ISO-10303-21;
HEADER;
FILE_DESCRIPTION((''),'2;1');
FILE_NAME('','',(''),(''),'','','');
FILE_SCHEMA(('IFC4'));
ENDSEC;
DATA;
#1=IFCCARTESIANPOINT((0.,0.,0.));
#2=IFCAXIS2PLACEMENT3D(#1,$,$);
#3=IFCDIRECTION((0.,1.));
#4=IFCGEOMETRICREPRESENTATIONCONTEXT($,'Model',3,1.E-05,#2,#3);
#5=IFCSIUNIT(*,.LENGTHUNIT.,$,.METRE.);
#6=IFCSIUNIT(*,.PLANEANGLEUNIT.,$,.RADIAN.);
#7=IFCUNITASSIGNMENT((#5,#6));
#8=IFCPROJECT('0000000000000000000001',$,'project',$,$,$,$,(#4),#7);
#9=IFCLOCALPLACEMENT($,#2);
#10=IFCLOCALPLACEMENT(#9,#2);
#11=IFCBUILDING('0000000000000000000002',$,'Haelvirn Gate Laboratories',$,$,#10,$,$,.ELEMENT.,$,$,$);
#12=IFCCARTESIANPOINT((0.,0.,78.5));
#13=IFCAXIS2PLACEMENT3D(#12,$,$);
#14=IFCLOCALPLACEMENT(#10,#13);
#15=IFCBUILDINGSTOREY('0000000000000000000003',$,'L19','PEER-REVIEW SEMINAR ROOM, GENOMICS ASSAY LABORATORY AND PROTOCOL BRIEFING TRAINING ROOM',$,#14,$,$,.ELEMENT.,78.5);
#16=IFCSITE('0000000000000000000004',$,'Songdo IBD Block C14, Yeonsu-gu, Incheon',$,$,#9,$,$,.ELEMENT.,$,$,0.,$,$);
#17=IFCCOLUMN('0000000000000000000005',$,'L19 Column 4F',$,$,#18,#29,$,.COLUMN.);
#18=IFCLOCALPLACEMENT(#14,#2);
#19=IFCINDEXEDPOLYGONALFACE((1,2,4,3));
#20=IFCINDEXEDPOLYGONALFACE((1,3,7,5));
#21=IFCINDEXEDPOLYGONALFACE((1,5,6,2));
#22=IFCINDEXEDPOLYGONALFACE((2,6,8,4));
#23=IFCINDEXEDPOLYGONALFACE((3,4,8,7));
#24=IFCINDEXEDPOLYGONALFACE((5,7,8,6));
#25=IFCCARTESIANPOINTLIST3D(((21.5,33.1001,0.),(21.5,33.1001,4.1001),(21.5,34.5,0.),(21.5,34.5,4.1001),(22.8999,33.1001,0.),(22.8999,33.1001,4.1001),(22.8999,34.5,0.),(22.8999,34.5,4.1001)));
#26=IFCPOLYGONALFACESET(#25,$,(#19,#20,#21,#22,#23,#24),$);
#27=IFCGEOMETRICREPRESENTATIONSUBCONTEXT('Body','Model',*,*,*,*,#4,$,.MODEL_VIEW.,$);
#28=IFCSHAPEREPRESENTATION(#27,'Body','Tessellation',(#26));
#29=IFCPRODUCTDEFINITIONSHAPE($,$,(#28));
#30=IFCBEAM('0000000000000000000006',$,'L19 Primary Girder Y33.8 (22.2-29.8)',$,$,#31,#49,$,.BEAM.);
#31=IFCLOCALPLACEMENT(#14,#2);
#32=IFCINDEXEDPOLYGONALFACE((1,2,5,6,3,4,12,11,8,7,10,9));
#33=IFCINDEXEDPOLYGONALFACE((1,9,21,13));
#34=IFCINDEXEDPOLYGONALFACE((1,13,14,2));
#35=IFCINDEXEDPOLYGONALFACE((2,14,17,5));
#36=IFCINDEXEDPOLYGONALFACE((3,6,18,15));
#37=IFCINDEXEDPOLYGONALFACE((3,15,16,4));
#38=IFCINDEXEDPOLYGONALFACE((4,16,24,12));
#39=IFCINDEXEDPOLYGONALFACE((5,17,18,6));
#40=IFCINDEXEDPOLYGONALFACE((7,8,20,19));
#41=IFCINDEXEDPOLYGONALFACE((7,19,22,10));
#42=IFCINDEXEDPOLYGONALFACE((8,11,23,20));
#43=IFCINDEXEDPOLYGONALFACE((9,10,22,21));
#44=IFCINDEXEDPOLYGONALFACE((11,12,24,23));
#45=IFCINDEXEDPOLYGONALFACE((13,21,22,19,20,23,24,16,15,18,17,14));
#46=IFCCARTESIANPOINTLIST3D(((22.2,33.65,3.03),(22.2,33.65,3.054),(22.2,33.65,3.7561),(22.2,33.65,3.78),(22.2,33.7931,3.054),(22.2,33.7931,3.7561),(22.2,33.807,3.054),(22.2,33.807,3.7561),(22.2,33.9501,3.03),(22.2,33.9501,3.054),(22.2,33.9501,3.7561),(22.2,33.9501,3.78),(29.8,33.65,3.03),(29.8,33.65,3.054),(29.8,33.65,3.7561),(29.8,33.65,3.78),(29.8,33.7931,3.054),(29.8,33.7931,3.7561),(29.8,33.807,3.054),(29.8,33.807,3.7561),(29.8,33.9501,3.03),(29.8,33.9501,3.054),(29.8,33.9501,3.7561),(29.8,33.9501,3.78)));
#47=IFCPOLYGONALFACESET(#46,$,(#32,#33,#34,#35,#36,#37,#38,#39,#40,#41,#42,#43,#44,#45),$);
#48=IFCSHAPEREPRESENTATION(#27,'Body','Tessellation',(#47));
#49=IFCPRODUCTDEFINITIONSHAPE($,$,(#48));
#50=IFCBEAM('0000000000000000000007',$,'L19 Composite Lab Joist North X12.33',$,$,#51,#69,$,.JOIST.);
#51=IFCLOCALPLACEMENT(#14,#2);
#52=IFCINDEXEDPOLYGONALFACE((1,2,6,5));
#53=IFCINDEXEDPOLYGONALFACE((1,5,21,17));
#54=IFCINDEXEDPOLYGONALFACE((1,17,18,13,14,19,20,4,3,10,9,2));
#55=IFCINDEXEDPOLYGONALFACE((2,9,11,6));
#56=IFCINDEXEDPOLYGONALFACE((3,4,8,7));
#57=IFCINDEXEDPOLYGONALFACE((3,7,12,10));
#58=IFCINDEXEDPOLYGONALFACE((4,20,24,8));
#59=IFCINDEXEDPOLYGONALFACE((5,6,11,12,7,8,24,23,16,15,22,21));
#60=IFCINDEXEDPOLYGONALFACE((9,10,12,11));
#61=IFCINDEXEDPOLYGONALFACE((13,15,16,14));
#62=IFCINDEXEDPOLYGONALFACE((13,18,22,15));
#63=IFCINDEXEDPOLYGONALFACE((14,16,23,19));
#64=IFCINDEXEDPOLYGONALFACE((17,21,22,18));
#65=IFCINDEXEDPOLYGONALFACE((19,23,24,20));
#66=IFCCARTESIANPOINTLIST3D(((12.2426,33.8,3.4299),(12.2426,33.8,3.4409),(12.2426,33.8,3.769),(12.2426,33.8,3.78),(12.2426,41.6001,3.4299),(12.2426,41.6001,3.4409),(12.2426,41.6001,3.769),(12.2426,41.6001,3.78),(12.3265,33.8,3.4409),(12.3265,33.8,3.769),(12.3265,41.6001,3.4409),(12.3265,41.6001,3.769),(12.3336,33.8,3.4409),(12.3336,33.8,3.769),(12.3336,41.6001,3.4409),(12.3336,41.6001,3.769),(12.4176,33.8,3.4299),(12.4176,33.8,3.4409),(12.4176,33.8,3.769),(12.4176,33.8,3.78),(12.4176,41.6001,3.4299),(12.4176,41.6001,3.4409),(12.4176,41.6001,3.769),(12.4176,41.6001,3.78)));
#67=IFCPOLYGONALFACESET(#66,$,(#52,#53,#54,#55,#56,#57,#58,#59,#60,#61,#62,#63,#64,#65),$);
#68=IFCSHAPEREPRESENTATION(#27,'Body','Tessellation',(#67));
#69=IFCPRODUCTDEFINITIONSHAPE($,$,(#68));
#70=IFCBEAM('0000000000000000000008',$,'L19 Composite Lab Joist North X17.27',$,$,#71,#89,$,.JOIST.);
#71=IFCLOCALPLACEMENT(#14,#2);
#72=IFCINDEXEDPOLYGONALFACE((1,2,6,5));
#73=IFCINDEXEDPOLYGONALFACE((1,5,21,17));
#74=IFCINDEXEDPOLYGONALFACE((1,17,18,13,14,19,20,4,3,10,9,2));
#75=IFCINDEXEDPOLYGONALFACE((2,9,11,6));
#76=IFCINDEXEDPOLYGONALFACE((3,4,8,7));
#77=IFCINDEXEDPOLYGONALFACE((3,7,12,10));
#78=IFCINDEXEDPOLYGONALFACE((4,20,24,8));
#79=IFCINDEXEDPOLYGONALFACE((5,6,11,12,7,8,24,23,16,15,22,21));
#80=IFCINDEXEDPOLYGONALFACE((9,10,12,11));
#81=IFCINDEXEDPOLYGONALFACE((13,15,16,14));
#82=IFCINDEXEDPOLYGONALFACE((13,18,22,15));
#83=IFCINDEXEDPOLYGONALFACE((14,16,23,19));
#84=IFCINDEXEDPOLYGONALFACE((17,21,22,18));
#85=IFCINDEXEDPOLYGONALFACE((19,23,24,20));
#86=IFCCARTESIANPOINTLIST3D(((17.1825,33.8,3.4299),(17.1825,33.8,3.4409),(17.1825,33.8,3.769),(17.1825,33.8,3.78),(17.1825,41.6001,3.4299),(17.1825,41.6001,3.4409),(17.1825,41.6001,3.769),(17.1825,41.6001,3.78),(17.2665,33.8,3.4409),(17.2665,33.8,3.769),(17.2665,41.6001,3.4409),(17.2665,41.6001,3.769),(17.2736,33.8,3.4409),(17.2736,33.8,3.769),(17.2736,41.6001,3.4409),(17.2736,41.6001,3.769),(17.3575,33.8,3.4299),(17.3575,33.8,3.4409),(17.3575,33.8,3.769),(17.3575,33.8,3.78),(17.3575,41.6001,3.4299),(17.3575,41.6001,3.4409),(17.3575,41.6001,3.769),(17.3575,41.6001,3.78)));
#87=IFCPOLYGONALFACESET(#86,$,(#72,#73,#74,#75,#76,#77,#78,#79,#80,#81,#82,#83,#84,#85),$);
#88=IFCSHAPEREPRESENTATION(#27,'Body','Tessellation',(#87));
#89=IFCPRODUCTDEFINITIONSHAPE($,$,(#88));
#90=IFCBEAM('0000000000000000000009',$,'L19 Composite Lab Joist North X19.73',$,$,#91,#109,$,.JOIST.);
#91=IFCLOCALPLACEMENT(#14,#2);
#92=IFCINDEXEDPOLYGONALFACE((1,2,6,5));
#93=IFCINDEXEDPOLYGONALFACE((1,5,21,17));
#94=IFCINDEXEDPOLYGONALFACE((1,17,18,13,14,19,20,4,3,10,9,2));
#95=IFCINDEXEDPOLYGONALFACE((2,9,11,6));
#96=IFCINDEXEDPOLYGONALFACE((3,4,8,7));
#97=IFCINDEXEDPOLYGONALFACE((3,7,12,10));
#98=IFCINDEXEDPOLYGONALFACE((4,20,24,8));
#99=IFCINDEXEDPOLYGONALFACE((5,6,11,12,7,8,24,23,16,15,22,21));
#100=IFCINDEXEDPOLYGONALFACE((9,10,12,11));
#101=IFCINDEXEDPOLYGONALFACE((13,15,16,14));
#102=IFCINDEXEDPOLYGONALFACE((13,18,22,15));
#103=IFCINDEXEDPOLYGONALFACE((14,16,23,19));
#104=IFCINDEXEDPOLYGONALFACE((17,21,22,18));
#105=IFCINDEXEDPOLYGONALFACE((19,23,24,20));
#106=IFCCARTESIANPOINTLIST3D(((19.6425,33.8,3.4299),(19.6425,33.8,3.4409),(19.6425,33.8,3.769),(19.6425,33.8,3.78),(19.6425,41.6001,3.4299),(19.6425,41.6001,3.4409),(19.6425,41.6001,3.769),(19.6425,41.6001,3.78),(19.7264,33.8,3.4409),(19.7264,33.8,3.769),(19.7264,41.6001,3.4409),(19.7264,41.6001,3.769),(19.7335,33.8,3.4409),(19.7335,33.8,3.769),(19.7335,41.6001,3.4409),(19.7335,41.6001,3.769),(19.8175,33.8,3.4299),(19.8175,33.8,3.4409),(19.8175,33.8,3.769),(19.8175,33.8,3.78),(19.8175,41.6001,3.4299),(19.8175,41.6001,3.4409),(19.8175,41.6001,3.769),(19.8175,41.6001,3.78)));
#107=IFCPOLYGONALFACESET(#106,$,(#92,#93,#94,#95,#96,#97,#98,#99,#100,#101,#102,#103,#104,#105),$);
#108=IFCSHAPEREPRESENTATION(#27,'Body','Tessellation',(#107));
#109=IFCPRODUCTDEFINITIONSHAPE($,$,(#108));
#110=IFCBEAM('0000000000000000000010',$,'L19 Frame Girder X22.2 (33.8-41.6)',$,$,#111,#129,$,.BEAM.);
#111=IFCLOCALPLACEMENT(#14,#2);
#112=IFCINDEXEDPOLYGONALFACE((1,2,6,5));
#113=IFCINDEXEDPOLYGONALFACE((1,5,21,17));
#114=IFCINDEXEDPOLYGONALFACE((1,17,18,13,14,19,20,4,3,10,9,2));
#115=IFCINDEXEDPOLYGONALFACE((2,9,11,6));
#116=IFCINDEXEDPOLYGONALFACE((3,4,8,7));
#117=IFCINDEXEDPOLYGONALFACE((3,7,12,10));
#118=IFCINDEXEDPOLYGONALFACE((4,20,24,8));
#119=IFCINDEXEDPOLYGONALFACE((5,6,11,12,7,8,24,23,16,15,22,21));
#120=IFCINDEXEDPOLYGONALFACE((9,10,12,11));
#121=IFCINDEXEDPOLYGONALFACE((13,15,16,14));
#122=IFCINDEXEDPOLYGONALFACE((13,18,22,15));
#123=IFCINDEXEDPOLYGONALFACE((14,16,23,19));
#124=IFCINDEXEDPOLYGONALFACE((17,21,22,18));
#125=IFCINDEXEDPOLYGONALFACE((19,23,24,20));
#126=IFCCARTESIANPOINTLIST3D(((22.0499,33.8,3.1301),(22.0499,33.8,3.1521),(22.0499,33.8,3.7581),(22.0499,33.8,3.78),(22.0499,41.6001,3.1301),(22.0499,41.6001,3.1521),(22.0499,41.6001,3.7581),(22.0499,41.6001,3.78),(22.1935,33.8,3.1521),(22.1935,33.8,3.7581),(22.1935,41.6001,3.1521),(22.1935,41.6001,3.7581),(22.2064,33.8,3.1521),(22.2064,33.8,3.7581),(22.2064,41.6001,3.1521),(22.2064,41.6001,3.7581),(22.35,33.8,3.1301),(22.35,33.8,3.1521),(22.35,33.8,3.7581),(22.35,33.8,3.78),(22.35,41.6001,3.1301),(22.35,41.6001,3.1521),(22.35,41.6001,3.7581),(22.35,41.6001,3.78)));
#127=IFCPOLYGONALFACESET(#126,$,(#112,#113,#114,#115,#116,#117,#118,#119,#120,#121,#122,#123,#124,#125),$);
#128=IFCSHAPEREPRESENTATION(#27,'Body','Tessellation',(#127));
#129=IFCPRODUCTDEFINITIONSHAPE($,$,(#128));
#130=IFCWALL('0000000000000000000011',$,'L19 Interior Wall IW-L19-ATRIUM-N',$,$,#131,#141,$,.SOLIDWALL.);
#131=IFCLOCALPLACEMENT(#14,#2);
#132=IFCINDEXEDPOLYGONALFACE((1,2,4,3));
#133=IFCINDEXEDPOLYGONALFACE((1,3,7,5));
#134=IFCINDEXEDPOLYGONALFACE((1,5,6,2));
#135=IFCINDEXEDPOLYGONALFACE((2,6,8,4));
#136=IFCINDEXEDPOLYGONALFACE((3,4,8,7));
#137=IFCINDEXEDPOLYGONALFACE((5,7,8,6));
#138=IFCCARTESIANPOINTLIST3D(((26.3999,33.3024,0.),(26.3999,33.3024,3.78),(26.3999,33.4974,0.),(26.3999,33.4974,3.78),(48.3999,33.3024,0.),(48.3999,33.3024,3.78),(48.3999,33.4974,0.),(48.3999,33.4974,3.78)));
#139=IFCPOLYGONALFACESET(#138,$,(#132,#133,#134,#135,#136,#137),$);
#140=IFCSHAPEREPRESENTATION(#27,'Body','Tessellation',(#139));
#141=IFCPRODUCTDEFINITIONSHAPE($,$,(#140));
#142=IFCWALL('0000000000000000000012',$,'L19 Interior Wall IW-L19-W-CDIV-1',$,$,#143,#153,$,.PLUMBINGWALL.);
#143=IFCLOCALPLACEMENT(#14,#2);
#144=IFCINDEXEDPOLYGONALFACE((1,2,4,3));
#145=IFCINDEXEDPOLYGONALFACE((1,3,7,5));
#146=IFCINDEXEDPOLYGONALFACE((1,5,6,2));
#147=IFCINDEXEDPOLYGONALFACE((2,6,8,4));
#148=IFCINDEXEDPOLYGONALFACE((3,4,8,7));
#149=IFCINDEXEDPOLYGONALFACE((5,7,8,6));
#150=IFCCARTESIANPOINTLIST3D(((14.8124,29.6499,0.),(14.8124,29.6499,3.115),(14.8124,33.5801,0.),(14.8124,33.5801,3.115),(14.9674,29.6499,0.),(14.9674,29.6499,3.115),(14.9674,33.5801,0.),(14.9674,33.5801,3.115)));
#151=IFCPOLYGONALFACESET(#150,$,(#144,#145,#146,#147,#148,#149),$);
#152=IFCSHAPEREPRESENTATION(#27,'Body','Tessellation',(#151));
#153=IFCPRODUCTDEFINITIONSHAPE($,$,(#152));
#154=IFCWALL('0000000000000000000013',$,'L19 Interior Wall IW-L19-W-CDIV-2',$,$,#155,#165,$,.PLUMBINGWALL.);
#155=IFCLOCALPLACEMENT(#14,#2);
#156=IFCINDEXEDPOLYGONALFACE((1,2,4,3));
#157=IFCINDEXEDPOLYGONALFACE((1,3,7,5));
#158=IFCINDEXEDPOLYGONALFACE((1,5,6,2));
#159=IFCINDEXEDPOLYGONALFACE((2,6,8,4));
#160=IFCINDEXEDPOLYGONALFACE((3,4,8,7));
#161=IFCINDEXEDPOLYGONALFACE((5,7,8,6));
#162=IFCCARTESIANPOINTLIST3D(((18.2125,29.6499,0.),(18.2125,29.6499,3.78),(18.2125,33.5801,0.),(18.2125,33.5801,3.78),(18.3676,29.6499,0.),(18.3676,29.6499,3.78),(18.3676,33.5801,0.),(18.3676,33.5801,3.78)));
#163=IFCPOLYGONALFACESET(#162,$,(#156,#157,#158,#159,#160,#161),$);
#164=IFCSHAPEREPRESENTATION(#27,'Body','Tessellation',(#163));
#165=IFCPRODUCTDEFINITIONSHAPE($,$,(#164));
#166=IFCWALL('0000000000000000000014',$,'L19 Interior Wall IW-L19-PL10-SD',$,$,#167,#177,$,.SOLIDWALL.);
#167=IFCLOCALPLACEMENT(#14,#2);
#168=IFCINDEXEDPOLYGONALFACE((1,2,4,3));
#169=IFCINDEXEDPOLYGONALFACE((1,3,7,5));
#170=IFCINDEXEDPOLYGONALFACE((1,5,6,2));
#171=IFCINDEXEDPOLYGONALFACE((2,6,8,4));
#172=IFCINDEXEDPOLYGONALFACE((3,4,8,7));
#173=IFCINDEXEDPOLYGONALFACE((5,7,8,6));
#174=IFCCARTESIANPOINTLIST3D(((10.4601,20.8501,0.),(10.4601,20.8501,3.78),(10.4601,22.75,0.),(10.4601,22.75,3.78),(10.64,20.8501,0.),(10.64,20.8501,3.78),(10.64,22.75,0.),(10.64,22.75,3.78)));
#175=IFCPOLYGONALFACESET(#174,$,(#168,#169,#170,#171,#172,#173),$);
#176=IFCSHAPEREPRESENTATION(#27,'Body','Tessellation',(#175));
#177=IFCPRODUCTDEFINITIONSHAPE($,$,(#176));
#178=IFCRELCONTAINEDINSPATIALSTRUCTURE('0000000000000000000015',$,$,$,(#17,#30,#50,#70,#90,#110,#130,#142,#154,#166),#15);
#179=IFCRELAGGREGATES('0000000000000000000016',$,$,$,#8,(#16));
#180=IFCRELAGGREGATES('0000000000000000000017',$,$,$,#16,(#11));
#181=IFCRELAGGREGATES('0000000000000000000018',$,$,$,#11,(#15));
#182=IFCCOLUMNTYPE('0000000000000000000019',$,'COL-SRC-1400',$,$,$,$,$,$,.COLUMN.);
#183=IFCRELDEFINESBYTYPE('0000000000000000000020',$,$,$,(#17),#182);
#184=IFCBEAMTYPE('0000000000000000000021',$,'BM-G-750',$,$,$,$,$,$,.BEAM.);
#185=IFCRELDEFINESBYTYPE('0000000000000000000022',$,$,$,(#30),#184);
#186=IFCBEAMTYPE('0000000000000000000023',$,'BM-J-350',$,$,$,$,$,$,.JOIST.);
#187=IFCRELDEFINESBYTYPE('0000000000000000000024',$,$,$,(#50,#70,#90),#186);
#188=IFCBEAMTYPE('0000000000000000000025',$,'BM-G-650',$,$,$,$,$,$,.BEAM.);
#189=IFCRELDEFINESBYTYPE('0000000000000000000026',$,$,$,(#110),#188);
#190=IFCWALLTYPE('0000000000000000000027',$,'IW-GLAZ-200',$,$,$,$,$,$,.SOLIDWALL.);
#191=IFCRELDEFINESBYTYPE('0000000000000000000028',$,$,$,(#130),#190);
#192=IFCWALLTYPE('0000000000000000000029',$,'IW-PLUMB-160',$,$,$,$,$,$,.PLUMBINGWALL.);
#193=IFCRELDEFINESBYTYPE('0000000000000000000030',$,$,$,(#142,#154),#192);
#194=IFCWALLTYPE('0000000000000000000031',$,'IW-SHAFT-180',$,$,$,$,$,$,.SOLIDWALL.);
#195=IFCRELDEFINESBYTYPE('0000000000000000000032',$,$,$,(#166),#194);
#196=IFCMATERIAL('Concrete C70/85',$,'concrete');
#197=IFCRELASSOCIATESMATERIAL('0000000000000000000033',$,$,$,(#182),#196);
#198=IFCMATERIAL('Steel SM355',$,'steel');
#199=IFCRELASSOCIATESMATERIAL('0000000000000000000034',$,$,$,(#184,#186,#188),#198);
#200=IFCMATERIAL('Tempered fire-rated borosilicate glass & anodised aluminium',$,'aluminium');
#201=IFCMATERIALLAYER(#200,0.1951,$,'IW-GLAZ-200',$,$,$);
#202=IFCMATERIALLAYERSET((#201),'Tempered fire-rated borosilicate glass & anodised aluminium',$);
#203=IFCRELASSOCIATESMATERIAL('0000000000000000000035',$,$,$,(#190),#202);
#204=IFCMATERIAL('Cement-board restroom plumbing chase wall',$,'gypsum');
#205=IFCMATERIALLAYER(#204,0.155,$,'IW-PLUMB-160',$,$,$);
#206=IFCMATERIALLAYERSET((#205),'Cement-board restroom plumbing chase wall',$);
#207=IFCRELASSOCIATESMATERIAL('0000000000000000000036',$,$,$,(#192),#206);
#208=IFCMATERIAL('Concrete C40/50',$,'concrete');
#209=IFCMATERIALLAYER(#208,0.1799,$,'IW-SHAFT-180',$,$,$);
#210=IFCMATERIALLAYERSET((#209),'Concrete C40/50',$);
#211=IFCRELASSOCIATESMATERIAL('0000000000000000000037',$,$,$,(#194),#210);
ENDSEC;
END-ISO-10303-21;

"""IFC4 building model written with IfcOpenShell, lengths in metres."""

from ifc_helpers import new_model, si_unit, direction, frame, frame_2d, origin, origin_2d, place, context, subcontext, project, spatial, rectangle, i_section, extrude, source, transform, mapped, material, layer, layer_set, material_profile, profile_set, type_object, type_shapes, element, save


model = new_model("IFC4")

# Units and contexts
model_context = context("Model", 3, precision=1e-05, world=origin(), true_north=direction((0.0, 1.0)))
body_context = subcontext(model_context, "Body", "Model", "MODEL_VIEW")
ifc_project = project(units=[si_unit("LENGTHUNIT", "METRE"), si_unit("PLANEANGLEUNIT", "RADIAN")], contexts=[model_context])

# Site, building, storey
site_placement = place(None, origin())
site = spatial("IfcSite", under=ifc_project, at=site_placement, Name="Songdo IBD Block C14, Yeonsu-gu, Incheon", CompositionType="ELEMENT", RefElevation=0.0)
building_placement = place(site_placement, origin())
building = spatial("IfcBuilding", under=site, at=building_placement, Name="Haelvirn Gate Laboratories", CompositionType="ELEMENT")
storey_placement = place(building_placement, frame((0.0, 0.0, 78.5)))
storey = spatial("IfcBuildingStorey", under=building, at=storey_placement, Name="L19", Description="PEER-REVIEW SEMINAR ROOM, GENOMICS ASSAY LABORATORY AND PROTOCOL BRIEFING TRAINING ROOM", CompositionType="ELEMENT", Elevation=78.5)

# Column
ifc_material_1 = material(Name="Concrete C70/85", Category="concrete")
ifc_material_profile_1 = material_profile(ifc_material_1, rectangle(XDim=1.3999, YDim=1.3999, at=origin_2d()), Name="SRC-1400x1400")
ifc_profile_set_1 = profile_set([ifc_material_profile_1], Name="Concrete C70/85")
column_type = type_object("IfcColumnType", Name="COL-SRC-1400", PredefinedType="COLUMN", material=ifc_profile_set_1)
shared_shape_1 = source(origin(), body_context, "Body", "SweptSolid", [
    extrude(rectangle(XDim=1.3999, YDim=1.3999, at=origin_2d()), origin(), (0.0, 0.0, 1.0), 4.1001),
])
type_shapes(column_type, [shared_shape_1])
column_placement = place(storey_placement, frame((22.2, 33.8, 0.0), z_axis=(0.0, 0.0, 1.0), x_axis=(1.0, 0.0, 0.0)))
element("IfcColumn", 1, at=column_placement, inside=storey, type_object=column_type, Name="L19 Column 4F", PredefinedType="COLUMN", context=body_context, shape_type="MappedRepresentation", body=[
    mapped(shared_shape_1, transform((0.0, 0.0, 0.0), scale=1.0)),
])

# Beams
ifc_material_2 = material(Name="Steel SM355", Category="steel")
ifc_material_profile_2 = material_profile(ifc_material_2, i_section(OverallWidth=0.3, OverallDepth=0.75, WebThickness=0.0139, FlangeThickness=0.0239, at=origin_2d()), Name="H-750x300x14x24")
ifc_profile_set_2 = profile_set([ifc_material_profile_2], Name="Steel SM355")
beam_type_1 = type_object("IfcBeamType", Name="BM-G-750", PredefinedType="BEAM", material=ifc_profile_set_2)
shared_shape_2 = source(origin(), body_context, "Body", "SweptSolid", [
    extrude(i_section(OverallWidth=0.3, OverallDepth=0.75, WebThickness=0.0139, FlangeThickness=0.0239, at=origin_2d()), origin(), (0.0, 0.0, 1.0), 7.6001),
])
type_shapes(beam_type_1, [shared_shape_2])
beam_1_placement = place(storey_placement, frame((22.2, 33.8, 3.405), z_axis=(1.0, 0.0, 0.0), x_axis=(0.0, 1.0, 0.0)))
element("IfcBeam", 2, at=beam_1_placement, inside=storey, type_object=beam_type_1, Name="L19 Primary Girder Y33.8 (22.2-29.8)", PredefinedType="BEAM", context=body_context, shape_type="MappedRepresentation", body=[
    mapped(shared_shape_2, transform((0.0, 0.0, 0.0), scale=1.0)),
])
ifc_material_profile_3 = material_profile(ifc_material_2, i_section(OverallWidth=0.175, OverallDepth=0.3501, WebThickness=0.0071, FlangeThickness=0.011, at=origin_2d()), Name="H-350x175x7x11")
ifc_profile_set_3 = profile_set([ifc_material_profile_3], Name="Steel SM355")
beam_type_2 = type_object("IfcBeamType", Name="BM-J-350", PredefinedType="JOIST", material=ifc_profile_set_3)
shared_shape_3 = source(origin(), body_context, "Body", "SweptSolid", [
    extrude(i_section(OverallWidth=0.175, OverallDepth=0.3501, WebThickness=0.0071, FlangeThickness=0.011, at=origin_2d()), origin(), (0.0, 0.0, 1.0), 7.8),
])
type_shapes(beam_type_2, [shared_shape_3])
for number, where, z_axis, x_axis, name in (
    (3, (12.3301, 33.8, 3.605), (0.0, 1.0, 0.0), (-1.0, 0.0, 0.0), "L19 Composite Lab Joist North X12.33"),
    (4, (17.27, 33.8, 3.605), (0.0, 1.0, 0.0), (-1.0, 0.0, 0.0), "L19 Composite Lab Joist North X17.27"),
    (5, (19.73, 33.8, 3.605), (0.0, 1.0, 0.0), (-1.0, 0.0, 0.0), "L19 Composite Lab Joist North X19.73"),
):
    element("IfcBeam", number, at=place(storey_placement, frame(where, z_axis=z_axis, x_axis=x_axis)), inside=storey, type_object=beam_type_2, Name=name, PredefinedType="JOIST", context=body_context, shape_type="MappedRepresentation", body=[
        mapped(shared_shape_3, transform((0.0, 0.0, 0.0), scale=1.0)),
    ])
ifc_material_profile_4 = material_profile(ifc_material_2, i_section(OverallWidth=0.3, OverallDepth=0.6499, WebThickness=0.0129, FlangeThickness=0.022, at=origin_2d()), Name="H-650x300x13x22")
ifc_profile_set_4 = profile_set([ifc_material_profile_4], Name="Steel SM355")
beam_type_3 = type_object("IfcBeamType", Name="BM-G-650", PredefinedType="BEAM", material=ifc_profile_set_4)
shared_shape_4 = source(origin(), body_context, "Body", "SweptSolid", [
    extrude(i_section(OverallWidth=0.3, OverallDepth=0.6499, WebThickness=0.0129, FlangeThickness=0.022, at=origin_2d()), origin(), (0.0, 0.0, 1.0), 7.8),
])
type_shapes(beam_type_3, [shared_shape_4])
beam_2_placement = place(storey_placement, frame((22.2, 33.8, 3.4551), z_axis=(0.0, 1.0, 0.0), x_axis=(-1.0, 0.0, 0.0)))
element("IfcBeam", 6, at=beam_2_placement, inside=storey, type_object=beam_type_3, Name="L19 Frame Girder X22.2 (33.8-41.6)", PredefinedType="BEAM", context=body_context, shape_type="MappedRepresentation", body=[
    mapped(shared_shape_4, transform((0.0, 0.0, 0.0), scale=1.0)),
])

# Walls
ifc_material_3 = material(Name="Tempered fire-rated borosilicate glass & anodised aluminium", Category="aluminium")
ifc_layer_1 = layer(ifc_material_3, 0.1951, Name="IW-GLAZ-200")
ifc_layer_set_1 = layer_set([ifc_layer_1], Name="Tempered fire-rated borosilicate glass & anodised aluminium")
wall_type_1 = type_object("IfcWallType", Name="IW-GLAZ-200", PredefinedType="SOLIDWALL", material=ifc_layer_set_1)
wall_1_placement = place(storey_placement, frame((26.3999, 33.3999, 0.0), z_axis=(0.0, 0.0, 1.0), x_axis=(1.0, 0.0, 0.0)))
element("IfcWall", 7, at=wall_1_placement, inside=storey, type_object=wall_type_1, Name="L19 Interior Wall IW-L19-ATRIUM-N", PredefinedType="SOLIDWALL", context=body_context, shape_type="SweptSolid", body=[
    extrude(rectangle(XDim=22.0, YDim=0.1951, at=frame_2d((11.0, 0.0))), origin(), (0.0, 0.0, 1.0), 3.78),
])
ifc_material_4 = material(Name="Cement-board restroom plumbing chase wall", Category="gypsum")
ifc_layer_2 = layer(ifc_material_4, 0.155, Name="IW-PLUMB-160")
ifc_layer_set_2 = layer_set([ifc_layer_2], Name="Cement-board restroom plumbing chase wall")
wall_type_2 = type_object("IfcWallType", Name="IW-PLUMB-160", PredefinedType="PLUMBINGWALL", material=ifc_layer_set_2)
wall_2_placement = place(storey_placement, frame((14.8899, 29.6499, 0.0), z_axis=(0.0, 0.0, 1.0), x_axis=(0.0, 1.0, 0.0)))
element("IfcWall", 8, at=wall_2_placement, inside=storey, type_object=wall_type_2, Name="L19 Interior Wall IW-L19-W-CDIV-1", PredefinedType="PLUMBINGWALL", context=body_context, shape_type="SweptSolid", body=[
    extrude(rectangle(XDim=3.9302, YDim=0.155, at=frame_2d((1.9651, 0.0))), origin(), (0.0, 0.0, 1.0), 3.115),
])
wall_3_placement = place(storey_placement, frame((18.29, 29.6499, 0.0), z_axis=(0.0, 0.0, 1.0), x_axis=(0.0, 1.0, 0.0)))
element("IfcWall", 9, at=wall_3_placement, inside=storey, type_object=wall_type_2, Name="L19 Interior Wall IW-L19-W-CDIV-2", PredefinedType="PLUMBINGWALL", context=body_context, shape_type="SweptSolid", body=[
    extrude(rectangle(XDim=3.9302, YDim=0.155, at=frame_2d((1.9651, 0.0))), origin(), (0.0, 0.0, 1.0), 3.78),
])
ifc_material_5 = material(Name="Concrete C40/50", Category="concrete")
ifc_layer_3 = layer(ifc_material_5, 0.1799, Name="IW-SHAFT-180")
ifc_layer_set_3 = layer_set([ifc_layer_3], Name="Concrete C40/50")
wall_type_3 = type_object("IfcWallType", Name="IW-SHAFT-180", PredefinedType="SOLIDWALL", material=ifc_layer_set_3)
for number, where, z_axis, x_axis, name in (
    (10, (10.55, 20.8501, 0.0), (0.0, 0.0, 1.0), (0.0, 1.0, 0.0), "L19 Interior Wall IW-L19-PL10-SD"),
):
    element("IfcWall", number, at=place(storey_placement, frame(where, z_axis=z_axis, x_axis=x_axis)), inside=storey, type_object=wall_type_3, Name=name, PredefinedType="SOLIDWALL", context=body_context, shape_type="SweptSolid", body=[
        extrude(rectangle(XDim=1.8999, YDim=0.1799, at=frame_2d((0.95, 0.0))), origin(), (0.0, 0.0, 1.0), 3.78),
    ])

save(model, "model.ifc")
